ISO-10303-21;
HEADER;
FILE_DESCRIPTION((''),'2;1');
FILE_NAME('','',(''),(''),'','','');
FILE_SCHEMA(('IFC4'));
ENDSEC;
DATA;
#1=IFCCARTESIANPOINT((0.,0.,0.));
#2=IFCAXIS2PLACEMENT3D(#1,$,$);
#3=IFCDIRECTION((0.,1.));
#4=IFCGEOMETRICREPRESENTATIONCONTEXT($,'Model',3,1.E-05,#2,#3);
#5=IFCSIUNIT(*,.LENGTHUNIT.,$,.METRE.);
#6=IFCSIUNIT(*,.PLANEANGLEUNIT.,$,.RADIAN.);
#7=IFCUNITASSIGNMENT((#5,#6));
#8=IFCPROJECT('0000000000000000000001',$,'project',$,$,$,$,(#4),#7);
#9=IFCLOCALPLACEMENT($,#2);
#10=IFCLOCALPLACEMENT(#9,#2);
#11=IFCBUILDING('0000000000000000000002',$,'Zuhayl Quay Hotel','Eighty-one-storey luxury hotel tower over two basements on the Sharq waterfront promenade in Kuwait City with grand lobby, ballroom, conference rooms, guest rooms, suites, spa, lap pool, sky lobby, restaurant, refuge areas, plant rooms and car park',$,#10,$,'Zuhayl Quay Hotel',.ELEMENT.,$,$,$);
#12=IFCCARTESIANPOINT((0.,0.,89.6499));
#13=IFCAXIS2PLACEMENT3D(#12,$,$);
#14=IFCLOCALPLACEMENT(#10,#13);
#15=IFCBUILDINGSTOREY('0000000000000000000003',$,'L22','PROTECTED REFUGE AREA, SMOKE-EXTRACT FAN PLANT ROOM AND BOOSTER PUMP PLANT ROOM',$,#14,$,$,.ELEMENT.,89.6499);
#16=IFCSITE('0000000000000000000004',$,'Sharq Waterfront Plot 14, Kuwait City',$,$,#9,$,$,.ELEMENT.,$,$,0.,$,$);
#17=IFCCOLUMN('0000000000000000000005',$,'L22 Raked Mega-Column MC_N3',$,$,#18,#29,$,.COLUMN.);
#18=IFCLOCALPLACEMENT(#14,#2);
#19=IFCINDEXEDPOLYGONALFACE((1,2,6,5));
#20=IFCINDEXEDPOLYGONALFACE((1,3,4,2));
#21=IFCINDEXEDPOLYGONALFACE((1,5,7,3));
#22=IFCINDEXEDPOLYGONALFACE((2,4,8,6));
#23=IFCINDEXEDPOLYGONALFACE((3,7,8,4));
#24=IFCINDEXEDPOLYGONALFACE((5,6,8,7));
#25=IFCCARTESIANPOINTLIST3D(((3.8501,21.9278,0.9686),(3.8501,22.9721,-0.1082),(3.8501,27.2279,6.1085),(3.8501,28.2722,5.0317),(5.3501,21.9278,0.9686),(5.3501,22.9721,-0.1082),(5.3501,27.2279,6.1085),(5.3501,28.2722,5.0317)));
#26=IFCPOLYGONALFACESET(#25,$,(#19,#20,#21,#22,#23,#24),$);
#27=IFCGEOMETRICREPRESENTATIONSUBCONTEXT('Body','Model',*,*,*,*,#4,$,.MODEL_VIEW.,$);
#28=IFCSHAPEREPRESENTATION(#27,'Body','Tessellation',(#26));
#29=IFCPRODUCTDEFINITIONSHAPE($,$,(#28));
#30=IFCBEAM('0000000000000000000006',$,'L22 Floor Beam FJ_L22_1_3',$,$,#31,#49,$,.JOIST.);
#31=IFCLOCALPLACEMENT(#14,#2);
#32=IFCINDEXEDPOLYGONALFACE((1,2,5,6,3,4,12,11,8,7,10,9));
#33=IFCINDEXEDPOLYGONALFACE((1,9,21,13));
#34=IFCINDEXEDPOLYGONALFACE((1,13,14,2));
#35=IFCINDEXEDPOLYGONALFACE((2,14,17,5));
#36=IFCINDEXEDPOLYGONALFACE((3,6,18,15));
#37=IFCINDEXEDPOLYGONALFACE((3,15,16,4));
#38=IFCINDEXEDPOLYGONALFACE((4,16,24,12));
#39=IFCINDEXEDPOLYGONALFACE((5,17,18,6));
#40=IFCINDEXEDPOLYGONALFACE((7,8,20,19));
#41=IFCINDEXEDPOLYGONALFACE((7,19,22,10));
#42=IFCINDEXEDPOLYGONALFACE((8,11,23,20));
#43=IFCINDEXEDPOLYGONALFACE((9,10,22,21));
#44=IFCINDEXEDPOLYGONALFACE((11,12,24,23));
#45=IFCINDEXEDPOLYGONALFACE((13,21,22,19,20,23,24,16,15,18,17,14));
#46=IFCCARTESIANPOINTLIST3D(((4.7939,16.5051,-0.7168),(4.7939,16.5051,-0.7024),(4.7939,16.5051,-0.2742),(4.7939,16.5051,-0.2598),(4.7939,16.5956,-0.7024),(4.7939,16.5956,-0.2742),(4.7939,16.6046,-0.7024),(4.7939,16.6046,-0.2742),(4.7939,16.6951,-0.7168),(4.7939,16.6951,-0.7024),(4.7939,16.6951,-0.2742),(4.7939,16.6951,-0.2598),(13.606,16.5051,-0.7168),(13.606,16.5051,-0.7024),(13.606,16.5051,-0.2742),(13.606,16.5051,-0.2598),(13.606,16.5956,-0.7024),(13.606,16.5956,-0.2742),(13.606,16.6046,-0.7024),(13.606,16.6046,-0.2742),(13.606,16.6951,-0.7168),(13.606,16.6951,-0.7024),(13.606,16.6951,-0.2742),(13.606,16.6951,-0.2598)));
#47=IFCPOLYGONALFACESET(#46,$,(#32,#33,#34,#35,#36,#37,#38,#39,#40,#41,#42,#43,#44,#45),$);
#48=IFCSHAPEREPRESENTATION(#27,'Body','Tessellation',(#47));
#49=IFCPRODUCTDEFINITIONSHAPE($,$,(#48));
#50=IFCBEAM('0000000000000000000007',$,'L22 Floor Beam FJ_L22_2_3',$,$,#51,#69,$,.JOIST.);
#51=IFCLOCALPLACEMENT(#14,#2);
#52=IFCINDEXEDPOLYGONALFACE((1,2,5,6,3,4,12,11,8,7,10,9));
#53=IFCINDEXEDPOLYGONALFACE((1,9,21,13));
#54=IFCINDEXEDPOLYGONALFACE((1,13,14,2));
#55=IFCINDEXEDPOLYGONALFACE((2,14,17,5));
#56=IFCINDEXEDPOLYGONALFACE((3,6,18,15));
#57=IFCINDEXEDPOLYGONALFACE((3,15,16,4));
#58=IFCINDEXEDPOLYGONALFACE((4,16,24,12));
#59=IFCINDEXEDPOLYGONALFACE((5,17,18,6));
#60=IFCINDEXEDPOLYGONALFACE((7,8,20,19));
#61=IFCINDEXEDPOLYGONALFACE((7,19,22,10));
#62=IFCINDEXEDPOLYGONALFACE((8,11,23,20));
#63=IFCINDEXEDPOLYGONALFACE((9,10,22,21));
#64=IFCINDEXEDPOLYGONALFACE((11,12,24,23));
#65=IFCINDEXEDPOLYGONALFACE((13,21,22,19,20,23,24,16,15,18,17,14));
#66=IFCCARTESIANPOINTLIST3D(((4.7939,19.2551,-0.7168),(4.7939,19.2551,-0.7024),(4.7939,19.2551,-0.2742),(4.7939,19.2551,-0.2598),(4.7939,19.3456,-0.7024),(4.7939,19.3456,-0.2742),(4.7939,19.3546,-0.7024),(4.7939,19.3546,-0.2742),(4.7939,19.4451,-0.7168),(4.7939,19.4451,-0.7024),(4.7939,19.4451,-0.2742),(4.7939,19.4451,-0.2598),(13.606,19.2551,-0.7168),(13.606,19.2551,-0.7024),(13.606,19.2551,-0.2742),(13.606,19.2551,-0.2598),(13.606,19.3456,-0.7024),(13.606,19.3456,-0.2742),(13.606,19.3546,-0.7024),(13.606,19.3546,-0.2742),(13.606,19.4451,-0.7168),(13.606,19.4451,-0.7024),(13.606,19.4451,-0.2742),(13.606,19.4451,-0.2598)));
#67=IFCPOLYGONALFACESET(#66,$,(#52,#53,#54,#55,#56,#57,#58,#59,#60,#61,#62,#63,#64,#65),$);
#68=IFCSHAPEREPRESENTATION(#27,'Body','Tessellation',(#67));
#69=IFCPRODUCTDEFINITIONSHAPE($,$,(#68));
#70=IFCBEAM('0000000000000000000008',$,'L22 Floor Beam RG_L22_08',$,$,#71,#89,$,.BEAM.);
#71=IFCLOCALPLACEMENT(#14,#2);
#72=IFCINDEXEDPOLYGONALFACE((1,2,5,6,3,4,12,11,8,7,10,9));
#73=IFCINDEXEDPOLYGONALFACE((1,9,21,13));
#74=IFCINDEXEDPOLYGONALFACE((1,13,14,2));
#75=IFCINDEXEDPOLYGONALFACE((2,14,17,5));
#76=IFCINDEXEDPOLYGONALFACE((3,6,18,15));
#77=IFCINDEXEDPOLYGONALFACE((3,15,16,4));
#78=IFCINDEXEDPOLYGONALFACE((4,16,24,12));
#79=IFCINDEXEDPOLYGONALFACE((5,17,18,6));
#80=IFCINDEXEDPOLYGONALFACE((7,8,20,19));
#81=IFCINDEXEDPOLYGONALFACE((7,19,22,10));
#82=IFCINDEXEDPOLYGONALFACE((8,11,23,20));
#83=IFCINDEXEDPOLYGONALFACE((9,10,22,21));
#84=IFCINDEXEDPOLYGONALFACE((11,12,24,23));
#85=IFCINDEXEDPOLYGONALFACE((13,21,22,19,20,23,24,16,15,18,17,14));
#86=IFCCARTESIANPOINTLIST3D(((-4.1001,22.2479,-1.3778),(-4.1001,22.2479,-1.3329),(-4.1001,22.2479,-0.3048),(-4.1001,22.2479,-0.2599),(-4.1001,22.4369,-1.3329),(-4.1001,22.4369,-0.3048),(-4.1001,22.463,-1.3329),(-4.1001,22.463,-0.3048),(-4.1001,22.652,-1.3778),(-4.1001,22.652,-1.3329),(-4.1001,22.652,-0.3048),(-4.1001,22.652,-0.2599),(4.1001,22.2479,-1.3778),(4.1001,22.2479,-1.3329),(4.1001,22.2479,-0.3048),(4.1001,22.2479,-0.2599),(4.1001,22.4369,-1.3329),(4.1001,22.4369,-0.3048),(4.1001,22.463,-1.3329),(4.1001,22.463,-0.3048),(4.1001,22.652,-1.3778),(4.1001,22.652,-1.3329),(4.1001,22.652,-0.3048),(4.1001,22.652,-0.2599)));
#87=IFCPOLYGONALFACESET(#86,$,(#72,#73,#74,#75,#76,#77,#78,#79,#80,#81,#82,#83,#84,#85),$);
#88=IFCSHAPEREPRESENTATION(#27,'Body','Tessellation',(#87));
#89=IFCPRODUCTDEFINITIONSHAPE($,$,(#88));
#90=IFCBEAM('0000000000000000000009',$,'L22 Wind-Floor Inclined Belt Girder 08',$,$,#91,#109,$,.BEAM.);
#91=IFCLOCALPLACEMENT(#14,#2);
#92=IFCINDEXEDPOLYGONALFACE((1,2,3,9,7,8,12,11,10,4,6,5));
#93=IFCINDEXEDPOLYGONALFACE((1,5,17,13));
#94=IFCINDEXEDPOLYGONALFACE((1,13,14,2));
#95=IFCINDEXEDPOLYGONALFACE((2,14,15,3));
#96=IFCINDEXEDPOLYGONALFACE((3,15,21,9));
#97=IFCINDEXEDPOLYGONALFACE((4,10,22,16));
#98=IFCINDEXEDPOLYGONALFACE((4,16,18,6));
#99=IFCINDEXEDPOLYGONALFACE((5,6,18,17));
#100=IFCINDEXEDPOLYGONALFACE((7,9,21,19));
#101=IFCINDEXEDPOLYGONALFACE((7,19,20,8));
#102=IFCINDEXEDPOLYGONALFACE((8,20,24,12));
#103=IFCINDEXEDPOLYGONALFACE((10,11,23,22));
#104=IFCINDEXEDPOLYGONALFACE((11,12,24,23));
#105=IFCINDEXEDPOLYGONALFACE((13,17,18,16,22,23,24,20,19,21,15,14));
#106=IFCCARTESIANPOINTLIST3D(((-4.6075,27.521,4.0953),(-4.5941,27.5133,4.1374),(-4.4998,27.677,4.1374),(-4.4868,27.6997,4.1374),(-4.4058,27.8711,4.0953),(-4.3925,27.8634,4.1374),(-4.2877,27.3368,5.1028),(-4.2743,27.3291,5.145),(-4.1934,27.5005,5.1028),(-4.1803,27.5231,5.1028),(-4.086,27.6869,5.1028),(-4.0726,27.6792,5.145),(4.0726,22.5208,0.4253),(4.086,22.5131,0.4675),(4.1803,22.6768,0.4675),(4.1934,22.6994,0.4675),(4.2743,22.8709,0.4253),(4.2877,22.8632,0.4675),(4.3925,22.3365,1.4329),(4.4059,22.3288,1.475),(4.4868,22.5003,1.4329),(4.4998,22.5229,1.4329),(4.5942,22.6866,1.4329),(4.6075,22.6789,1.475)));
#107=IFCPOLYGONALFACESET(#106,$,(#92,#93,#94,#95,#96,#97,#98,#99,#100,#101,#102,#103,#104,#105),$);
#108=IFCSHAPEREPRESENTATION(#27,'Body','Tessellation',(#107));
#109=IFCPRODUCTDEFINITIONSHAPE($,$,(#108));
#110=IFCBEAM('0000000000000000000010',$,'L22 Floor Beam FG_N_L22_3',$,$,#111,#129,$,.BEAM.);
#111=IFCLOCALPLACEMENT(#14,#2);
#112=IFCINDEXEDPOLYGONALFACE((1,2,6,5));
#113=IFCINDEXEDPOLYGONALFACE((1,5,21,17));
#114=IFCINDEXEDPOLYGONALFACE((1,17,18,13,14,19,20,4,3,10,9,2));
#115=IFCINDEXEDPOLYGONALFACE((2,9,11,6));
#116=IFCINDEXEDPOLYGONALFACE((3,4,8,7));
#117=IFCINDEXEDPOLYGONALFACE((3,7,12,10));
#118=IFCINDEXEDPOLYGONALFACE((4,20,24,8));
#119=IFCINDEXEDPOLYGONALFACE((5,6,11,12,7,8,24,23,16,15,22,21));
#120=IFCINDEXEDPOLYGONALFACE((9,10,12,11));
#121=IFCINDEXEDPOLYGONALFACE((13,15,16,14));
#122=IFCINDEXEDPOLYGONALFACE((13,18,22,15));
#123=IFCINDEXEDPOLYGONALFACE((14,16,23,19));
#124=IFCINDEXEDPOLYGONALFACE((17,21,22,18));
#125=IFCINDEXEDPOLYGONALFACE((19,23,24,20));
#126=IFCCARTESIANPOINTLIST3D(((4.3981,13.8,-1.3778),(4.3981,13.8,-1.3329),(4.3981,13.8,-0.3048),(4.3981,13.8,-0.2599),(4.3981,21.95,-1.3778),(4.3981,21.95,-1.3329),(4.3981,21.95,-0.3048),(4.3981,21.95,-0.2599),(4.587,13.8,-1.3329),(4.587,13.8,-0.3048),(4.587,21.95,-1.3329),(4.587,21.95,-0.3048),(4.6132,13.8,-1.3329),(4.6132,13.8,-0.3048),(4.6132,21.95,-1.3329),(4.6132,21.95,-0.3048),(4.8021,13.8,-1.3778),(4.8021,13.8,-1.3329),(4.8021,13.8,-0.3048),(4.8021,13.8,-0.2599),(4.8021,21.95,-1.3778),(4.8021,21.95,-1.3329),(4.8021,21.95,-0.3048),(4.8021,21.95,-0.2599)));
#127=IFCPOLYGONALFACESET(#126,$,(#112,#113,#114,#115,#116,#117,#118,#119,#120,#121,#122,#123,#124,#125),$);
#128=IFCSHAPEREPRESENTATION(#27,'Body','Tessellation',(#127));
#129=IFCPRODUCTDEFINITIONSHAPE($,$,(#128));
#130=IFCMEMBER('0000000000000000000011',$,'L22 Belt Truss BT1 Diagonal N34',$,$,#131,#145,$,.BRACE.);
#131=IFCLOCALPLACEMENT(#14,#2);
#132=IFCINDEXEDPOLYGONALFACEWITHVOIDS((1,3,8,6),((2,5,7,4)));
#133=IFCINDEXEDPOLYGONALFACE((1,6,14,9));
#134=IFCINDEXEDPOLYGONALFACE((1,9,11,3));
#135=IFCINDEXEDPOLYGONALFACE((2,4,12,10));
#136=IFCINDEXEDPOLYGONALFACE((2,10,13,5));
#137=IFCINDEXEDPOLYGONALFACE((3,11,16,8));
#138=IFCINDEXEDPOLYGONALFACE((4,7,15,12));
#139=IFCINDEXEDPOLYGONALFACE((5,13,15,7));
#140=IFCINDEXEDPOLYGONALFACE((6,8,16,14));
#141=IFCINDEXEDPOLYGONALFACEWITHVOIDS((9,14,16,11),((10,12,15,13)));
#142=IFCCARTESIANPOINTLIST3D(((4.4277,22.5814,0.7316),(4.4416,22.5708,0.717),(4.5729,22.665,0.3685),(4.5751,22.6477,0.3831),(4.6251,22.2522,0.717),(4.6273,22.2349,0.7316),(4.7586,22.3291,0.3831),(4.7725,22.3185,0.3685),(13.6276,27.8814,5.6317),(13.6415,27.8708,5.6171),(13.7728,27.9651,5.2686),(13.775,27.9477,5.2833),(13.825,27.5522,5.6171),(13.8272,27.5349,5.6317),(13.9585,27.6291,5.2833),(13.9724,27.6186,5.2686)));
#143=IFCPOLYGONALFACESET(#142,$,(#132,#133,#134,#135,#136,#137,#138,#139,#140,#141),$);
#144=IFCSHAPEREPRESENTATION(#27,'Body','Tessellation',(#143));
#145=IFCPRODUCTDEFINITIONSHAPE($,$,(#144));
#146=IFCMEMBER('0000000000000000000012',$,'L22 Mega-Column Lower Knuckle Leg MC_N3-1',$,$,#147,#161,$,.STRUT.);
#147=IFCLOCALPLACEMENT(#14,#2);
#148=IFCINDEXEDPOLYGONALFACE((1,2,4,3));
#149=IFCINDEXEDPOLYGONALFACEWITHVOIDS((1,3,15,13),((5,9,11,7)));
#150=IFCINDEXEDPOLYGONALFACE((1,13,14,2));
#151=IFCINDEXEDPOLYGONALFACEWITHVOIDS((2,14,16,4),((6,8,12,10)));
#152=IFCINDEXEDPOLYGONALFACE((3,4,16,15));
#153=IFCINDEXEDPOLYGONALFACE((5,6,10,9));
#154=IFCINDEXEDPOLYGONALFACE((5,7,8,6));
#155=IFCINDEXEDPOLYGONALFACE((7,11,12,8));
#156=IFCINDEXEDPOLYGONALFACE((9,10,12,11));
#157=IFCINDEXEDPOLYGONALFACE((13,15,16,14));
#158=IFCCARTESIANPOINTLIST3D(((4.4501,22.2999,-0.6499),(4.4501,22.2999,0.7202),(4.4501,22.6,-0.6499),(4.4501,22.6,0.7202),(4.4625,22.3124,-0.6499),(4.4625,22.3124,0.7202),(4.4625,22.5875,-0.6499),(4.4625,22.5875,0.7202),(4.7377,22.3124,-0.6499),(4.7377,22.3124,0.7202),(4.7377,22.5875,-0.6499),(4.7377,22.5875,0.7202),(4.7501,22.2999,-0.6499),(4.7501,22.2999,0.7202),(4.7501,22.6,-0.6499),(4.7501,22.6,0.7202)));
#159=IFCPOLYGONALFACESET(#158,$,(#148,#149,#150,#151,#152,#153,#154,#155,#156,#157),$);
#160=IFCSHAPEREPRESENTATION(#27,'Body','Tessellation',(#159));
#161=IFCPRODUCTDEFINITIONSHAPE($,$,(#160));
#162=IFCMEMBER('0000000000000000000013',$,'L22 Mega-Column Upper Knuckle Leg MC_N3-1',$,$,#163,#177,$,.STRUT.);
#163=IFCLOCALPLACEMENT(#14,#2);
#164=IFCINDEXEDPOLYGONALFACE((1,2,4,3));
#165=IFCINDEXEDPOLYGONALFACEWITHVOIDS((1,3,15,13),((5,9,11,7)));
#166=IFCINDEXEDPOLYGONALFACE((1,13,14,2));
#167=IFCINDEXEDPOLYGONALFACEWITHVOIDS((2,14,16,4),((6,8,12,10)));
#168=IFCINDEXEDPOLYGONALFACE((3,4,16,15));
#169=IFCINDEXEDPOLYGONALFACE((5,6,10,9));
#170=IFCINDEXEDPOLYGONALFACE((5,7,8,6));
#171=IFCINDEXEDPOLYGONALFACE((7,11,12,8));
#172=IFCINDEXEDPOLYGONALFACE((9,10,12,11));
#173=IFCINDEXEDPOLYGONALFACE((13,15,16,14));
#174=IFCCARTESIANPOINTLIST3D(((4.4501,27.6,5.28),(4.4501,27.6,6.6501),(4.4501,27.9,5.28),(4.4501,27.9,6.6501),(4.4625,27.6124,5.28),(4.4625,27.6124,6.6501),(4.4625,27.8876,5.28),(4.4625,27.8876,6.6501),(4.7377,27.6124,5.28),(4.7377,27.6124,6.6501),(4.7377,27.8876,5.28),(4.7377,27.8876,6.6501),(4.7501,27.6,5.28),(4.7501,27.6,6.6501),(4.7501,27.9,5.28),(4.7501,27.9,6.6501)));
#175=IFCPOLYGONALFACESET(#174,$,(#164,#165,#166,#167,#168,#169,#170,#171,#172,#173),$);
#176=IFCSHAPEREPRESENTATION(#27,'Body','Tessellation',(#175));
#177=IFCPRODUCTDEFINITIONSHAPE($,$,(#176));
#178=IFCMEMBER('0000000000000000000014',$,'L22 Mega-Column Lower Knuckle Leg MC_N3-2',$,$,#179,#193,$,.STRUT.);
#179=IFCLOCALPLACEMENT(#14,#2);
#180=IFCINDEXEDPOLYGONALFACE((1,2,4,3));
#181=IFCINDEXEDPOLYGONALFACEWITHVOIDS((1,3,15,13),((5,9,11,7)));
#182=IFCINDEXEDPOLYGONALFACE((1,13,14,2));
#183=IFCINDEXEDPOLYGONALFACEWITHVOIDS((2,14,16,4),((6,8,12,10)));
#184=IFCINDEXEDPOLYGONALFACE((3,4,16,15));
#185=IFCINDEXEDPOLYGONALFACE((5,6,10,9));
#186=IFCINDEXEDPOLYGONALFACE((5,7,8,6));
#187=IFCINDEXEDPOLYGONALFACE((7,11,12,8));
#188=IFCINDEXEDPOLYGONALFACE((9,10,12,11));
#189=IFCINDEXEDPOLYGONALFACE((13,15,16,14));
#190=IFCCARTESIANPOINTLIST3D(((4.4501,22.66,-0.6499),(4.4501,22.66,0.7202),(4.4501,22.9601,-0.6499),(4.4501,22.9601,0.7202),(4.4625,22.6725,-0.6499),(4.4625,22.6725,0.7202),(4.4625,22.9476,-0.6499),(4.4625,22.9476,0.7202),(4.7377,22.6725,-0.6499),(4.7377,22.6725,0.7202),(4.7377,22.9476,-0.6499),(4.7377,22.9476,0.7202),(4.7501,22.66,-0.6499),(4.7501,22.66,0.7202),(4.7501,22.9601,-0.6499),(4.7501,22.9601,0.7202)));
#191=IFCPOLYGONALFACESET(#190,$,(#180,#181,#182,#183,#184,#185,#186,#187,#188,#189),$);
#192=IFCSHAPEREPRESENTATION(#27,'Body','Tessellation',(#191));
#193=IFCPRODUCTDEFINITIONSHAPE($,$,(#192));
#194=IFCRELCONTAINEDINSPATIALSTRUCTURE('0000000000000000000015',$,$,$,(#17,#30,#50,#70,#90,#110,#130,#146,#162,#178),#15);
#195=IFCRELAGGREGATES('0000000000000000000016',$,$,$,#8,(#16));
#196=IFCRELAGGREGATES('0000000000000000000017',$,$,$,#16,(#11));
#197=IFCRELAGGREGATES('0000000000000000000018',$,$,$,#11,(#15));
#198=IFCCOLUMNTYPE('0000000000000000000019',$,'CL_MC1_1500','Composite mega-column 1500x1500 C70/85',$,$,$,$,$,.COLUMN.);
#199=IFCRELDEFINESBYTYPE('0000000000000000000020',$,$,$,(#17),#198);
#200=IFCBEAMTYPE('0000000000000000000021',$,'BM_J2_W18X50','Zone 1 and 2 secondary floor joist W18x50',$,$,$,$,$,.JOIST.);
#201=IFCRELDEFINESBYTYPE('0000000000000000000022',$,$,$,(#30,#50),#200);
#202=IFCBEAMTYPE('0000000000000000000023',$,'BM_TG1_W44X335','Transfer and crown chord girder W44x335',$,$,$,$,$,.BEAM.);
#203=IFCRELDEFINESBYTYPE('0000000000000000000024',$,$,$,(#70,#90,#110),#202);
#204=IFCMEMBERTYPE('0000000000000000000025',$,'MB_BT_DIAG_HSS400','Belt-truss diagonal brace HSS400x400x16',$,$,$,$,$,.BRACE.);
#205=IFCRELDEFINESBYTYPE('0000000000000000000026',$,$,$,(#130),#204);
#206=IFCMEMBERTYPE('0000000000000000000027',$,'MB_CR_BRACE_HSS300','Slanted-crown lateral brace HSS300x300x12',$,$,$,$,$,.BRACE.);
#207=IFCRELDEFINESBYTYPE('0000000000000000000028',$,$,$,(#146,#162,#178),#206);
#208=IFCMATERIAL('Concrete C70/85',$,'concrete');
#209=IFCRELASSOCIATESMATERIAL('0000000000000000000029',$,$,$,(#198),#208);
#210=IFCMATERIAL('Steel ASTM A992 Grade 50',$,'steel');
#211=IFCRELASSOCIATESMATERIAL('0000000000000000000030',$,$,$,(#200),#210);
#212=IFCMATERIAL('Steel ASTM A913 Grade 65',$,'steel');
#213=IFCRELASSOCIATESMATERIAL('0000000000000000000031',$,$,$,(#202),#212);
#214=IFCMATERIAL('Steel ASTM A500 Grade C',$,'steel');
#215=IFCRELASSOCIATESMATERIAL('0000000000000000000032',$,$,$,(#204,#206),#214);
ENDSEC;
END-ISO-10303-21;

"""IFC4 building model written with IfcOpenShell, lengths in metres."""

from ifc_helpers import new_model, si_unit, direction, frame, origin, origin_2d, place, context, subcontext, project, spatial, rectangle, hollow_rectangle, i_section, extrude, material, material_profile, profile_set, type_object, element, save


model = new_model("IFC4")

# Units and contexts
model_context = context("Model", 3, precision=1e-05, world=origin(), true_north=direction((0.0, 1.0)))
body_context = subcontext(model_context, "Body", "Model", "MODEL_VIEW")
ifc_project = project(units=[si_unit("LENGTHUNIT", "METRE"), si_unit("PLANEANGLEUNIT", "RADIAN")], contexts=[model_context])

# Site, building, storey
site_placement = place(None, origin())
site = spatial("IfcSite", under=ifc_project, at=site_placement, Name="Sharq Waterfront Plot 14, Kuwait City", CompositionType="ELEMENT", RefElevation=0.0)
building_placement = place(site_placement, origin())
building = spatial("IfcBuilding", under=site, at=building_placement, Name="Zuhayl Quay Hotel", Description="Eighty-one-storey luxury hotel tower over two basements on the Sharq waterfront promenade in Kuwait City with grand lobby, ballroom, conference rooms, guest rooms, suites, spa, lap pool, sky lobby, restaurant, refuge areas, plant rooms and car park", LongName="Zuhayl Quay Hotel", CompositionType="ELEMENT")
storey_placement = place(building_placement, frame((0.0, 0.0, 89.6499)))
storey = spatial("IfcBuildingStorey", under=building, at=storey_placement, Name="L22", Description="PROTECTED REFUGE AREA, SMOKE-EXTRACT FAN PLANT ROOM AND BOOSTER PUMP PLANT ROOM", CompositionType="ELEMENT", Elevation=89.6499)

# Column
ifc_material_1 = material(Name="Concrete C70/85", Category="concrete")
ifc_material_profile_1 = material_profile(ifc_material_1, rectangle(XDim=1.5, YDim=1.5, at=origin_2d()), Name="RC1500X1500")
ifc_profile_set_1 = profile_set([ifc_material_profile_1], Name="Concrete C70/85")
column_type = type_object("IfcColumnType", Name="CL_MC1_1500", Description="Composite mega-column 1500x1500 C70/85", PredefinedType="COLUMN", material=ifc_profile_set_1)
column_placement = place(storey_placement, frame((4.6001, 22.45, 0.4302), z_axis=(0.0, 0.71787, 0.696177), x_axis=(-1.0, 0.0, 0.0)))
element("IfcColumn", 1, at=column_placement, inside=storey, type_object=column_type, Name="L22 Raked Mega-Column MC_N3", PredefinedType="COLUMN", context=body_context, shape_type="SweptSolid", body=[
    extrude(rectangle(XDim=1.5, YDim=1.5, at=origin_2d()), origin(), (0.0, 0.0, 1.0), 7.3831),
])

# Beams
ifc_material_2 = material(Name="Steel ASTM A992 Grade 50", Category="steel")
ifc_material_profile_2 = material_profile(ifc_material_2, i_section(OverallWidth=0.1899, OverallDepth=0.457, WebThickness=0.009, FlangeThickness=0.0144, at=origin_2d()), Name="W18X50")
ifc_profile_set_2 = profile_set([ifc_material_profile_2], Name="Steel ASTM A992 Grade 50")
beam_type_1 = type_object("IfcBeamType", Name="BM_J2_W18X50", Description="Zone 1 and 2 secondary floor joist W18x50", PredefinedType="JOIST", material=ifc_profile_set_2)
for number, where, z_axis, x_axis, name in (
    (2, (4.7939, 16.6001, -0.4883), (1.0, 0.0, 0.0), (0.0, 1.0, 0.0), "L22 Floor Beam FJ_L22_1_3"),
    (3, (4.7939, 19.3501, -0.4883), (1.0, 0.0, 0.0), (0.0, 1.0, 0.0), "L22 Floor Beam FJ_L22_2_3"),
):
    element("IfcBeam", number, at=place(storey_placement, frame(where, z_axis=z_axis, x_axis=x_axis)), inside=storey, type_object=beam_type_1, Name=name, PredefinedType="JOIST", context=body_context, shape_type="SweptSolid", body=[
        extrude(i_section(OverallWidth=0.1899, OverallDepth=0.457, WebThickness=0.009, FlangeThickness=0.0144, at=origin_2d()), origin(), (0.0, 0.0, 1.0), 8.812),
    ])
ifc_material_3 = material(Name="Steel ASTM A913 Grade 65", Category="steel")
ifc_material_profile_3 = material_profile(ifc_material_3, i_section(OverallWidth=0.4041, OverallDepth=1.1179, WebThickness=0.0261, FlangeThickness=0.0449, at=origin_2d()), Name="W44X335")
ifc_profile_set_3 = profile_set([ifc_material_profile_3], Name="Steel ASTM A913 Grade 65")
beam_type_2 = type_object("IfcBeamType", Name="BM_TG1_W44X335", Description="Transfer and crown chord girder W44x335", PredefinedType="BEAM", material=ifc_profile_set_3)
beam_1_placement = place(storey_placement, frame((4.1001, 22.45, -0.8188), z_axis=(-1.0, 0.0, 0.0), x_axis=(0.0, -1.0, 0.0)))
element("IfcBeam", 4, at=beam_1_placement, inside=storey, type_object=beam_type_2, Name="L22 Floor Beam RG_L22_08", PredefinedType="BEAM", context=body_context, shape_type="SweptSolid", body=[
    extrude(i_section(OverallWidth=0.4041, OverallDepth=1.1179, WebThickness=0.0261, FlangeThickness=0.0449, at=origin_2d()), origin(), (0.0, 0.0, 1.0), 8.2002),
])
beam_2_placement = place(storey_placement, frame((4.3401, 22.5999, 0.9502), z_axis=(-0.813629, 0.468694, 0.343997), x_axis=(-0.499157, -0.866512, 0.0)))
element("IfcBeam", 5, at=beam_2_placement, inside=storey, type_object=beam_type_2, Name="L22 Wind-Floor Inclined Belt Girder 08", PredefinedType="BEAM", context=body_context, shape_type="SweptSolid", body=[
    extrude(i_section(OverallWidth=0.4041, OverallDepth=1.1179, WebThickness=0.0261, FlangeThickness=0.0449, at=origin_2d()), origin(), (0.0, 0.0, 1.0), 10.6685),
])
beam_3_placement = place(storey_placement, frame((4.6001, 13.8, -0.8188), z_axis=(0.0, 1.0, 0.0), x_axis=(-1.0, 0.0, 0.0)))
element("IfcBeam", 6, at=beam_3_placement, inside=storey, type_object=beam_type_2, Name="L22 Floor Beam FG_N_L22_3", PredefinedType="BEAM", context=body_context, shape_type="SweptSolid", body=[
    extrude(i_section(OverallWidth=0.4041, OverallDepth=1.1179, WebThickness=0.0261, FlangeThickness=0.0449, at=origin_2d()), origin(), (0.0, 0.0, 1.0), 8.1499),
])

# Members
ifc_material_4 = material(Name="Steel ASTM A500 Grade C", Category="steel")
ifc_material_profile_4 = material_profile(ifc_material_4, hollow_rectangle(XDim=0.3999, YDim=0.3999, WallThickness=0.0161, at=origin_2d()), Name="HSS400X400X16")
ifc_profile_set_4 = profile_set([ifc_material_profile_4], Name="Steel ASTM A500 Grade C")
member_type_1 = type_object("IfcMemberType", Name="MB_BT_DIAG_HSS400", Description="Belt-truss diagonal brace HSS400x400x16", PredefinedType="BRACE", material=ifc_profile_set_4)
member_1_placement = place(storey_placement, frame((4.6001, 22.45, 0.55), z_axis=(0.786749, 0.453242, 0.419044), x_axis=(-0.499184, 0.866496, 0.0)))
element("IfcMember", 7, at=member_1_placement, inside=storey, type_object=member_type_1, Name="L22 Belt Truss BT1 Diagonal N34", PredefinedType="BRACE", context=body_context, shape_type="SweptSolid", body=[
    extrude(hollow_rectangle(XDim=0.3999, YDim=0.3999, WallThickness=0.0161, at=origin_2d()), origin(), (0.0, 0.0, 1.0), 11.6936),
])
ifc_material_profile_5 = material_profile(ifc_material_4, hollow_rectangle(XDim=0.3, YDim=0.3, WallThickness=0.0125, at=origin_2d()), Name="HSS300X300X12")
ifc_profile_set_5 = profile_set([ifc_material_profile_5], Name="Steel ASTM A500 Grade C")
member_type_2 = type_object("IfcMemberType", Name="MB_CR_BRACE_HSS300", Description="Slanted-crown lateral brace HSS300x300x12", PredefinedType="BRACE", material=ifc_profile_set_5)
for number, where, z_axis, x_axis, name in (
    (8, (4.6001, 22.45, -0.6499), (0.0, 0.0, 1.0), (1.0, 0.0, 0.0), "L22 Mega-Column Lower Knuckle Leg MC_N3-1"),
    (9, (4.6001, 27.75, 5.28), (0.0, 0.0, 1.0), (1.0, 0.0, 0.0), "L22 Mega-Column Upper Knuckle Leg MC_N3-1"),
    (10, (4.6001, 22.8101, -0.6499), (0.0, 0.0, 1.0), (1.0, 0.0, 0.0), "L22 Mega-Column Lower Knuckle Leg MC_N3-2"),
):
    element("IfcMember", number, at=place(storey_placement, frame(where, z_axis=z_axis, x_axis=x_axis)), inside=storey, type_object=member_type_2, Name=name, PredefinedType="STRUT", context=body_context, shape_type="SweptSolid", body=[
        extrude(hollow_rectangle(XDim=0.3, YDim=0.3, WallThickness=0.0125, at=origin_2d()), origin(), (0.0, 0.0, 1.0), 1.3701),
    ])

save(model, "model.ifc")
